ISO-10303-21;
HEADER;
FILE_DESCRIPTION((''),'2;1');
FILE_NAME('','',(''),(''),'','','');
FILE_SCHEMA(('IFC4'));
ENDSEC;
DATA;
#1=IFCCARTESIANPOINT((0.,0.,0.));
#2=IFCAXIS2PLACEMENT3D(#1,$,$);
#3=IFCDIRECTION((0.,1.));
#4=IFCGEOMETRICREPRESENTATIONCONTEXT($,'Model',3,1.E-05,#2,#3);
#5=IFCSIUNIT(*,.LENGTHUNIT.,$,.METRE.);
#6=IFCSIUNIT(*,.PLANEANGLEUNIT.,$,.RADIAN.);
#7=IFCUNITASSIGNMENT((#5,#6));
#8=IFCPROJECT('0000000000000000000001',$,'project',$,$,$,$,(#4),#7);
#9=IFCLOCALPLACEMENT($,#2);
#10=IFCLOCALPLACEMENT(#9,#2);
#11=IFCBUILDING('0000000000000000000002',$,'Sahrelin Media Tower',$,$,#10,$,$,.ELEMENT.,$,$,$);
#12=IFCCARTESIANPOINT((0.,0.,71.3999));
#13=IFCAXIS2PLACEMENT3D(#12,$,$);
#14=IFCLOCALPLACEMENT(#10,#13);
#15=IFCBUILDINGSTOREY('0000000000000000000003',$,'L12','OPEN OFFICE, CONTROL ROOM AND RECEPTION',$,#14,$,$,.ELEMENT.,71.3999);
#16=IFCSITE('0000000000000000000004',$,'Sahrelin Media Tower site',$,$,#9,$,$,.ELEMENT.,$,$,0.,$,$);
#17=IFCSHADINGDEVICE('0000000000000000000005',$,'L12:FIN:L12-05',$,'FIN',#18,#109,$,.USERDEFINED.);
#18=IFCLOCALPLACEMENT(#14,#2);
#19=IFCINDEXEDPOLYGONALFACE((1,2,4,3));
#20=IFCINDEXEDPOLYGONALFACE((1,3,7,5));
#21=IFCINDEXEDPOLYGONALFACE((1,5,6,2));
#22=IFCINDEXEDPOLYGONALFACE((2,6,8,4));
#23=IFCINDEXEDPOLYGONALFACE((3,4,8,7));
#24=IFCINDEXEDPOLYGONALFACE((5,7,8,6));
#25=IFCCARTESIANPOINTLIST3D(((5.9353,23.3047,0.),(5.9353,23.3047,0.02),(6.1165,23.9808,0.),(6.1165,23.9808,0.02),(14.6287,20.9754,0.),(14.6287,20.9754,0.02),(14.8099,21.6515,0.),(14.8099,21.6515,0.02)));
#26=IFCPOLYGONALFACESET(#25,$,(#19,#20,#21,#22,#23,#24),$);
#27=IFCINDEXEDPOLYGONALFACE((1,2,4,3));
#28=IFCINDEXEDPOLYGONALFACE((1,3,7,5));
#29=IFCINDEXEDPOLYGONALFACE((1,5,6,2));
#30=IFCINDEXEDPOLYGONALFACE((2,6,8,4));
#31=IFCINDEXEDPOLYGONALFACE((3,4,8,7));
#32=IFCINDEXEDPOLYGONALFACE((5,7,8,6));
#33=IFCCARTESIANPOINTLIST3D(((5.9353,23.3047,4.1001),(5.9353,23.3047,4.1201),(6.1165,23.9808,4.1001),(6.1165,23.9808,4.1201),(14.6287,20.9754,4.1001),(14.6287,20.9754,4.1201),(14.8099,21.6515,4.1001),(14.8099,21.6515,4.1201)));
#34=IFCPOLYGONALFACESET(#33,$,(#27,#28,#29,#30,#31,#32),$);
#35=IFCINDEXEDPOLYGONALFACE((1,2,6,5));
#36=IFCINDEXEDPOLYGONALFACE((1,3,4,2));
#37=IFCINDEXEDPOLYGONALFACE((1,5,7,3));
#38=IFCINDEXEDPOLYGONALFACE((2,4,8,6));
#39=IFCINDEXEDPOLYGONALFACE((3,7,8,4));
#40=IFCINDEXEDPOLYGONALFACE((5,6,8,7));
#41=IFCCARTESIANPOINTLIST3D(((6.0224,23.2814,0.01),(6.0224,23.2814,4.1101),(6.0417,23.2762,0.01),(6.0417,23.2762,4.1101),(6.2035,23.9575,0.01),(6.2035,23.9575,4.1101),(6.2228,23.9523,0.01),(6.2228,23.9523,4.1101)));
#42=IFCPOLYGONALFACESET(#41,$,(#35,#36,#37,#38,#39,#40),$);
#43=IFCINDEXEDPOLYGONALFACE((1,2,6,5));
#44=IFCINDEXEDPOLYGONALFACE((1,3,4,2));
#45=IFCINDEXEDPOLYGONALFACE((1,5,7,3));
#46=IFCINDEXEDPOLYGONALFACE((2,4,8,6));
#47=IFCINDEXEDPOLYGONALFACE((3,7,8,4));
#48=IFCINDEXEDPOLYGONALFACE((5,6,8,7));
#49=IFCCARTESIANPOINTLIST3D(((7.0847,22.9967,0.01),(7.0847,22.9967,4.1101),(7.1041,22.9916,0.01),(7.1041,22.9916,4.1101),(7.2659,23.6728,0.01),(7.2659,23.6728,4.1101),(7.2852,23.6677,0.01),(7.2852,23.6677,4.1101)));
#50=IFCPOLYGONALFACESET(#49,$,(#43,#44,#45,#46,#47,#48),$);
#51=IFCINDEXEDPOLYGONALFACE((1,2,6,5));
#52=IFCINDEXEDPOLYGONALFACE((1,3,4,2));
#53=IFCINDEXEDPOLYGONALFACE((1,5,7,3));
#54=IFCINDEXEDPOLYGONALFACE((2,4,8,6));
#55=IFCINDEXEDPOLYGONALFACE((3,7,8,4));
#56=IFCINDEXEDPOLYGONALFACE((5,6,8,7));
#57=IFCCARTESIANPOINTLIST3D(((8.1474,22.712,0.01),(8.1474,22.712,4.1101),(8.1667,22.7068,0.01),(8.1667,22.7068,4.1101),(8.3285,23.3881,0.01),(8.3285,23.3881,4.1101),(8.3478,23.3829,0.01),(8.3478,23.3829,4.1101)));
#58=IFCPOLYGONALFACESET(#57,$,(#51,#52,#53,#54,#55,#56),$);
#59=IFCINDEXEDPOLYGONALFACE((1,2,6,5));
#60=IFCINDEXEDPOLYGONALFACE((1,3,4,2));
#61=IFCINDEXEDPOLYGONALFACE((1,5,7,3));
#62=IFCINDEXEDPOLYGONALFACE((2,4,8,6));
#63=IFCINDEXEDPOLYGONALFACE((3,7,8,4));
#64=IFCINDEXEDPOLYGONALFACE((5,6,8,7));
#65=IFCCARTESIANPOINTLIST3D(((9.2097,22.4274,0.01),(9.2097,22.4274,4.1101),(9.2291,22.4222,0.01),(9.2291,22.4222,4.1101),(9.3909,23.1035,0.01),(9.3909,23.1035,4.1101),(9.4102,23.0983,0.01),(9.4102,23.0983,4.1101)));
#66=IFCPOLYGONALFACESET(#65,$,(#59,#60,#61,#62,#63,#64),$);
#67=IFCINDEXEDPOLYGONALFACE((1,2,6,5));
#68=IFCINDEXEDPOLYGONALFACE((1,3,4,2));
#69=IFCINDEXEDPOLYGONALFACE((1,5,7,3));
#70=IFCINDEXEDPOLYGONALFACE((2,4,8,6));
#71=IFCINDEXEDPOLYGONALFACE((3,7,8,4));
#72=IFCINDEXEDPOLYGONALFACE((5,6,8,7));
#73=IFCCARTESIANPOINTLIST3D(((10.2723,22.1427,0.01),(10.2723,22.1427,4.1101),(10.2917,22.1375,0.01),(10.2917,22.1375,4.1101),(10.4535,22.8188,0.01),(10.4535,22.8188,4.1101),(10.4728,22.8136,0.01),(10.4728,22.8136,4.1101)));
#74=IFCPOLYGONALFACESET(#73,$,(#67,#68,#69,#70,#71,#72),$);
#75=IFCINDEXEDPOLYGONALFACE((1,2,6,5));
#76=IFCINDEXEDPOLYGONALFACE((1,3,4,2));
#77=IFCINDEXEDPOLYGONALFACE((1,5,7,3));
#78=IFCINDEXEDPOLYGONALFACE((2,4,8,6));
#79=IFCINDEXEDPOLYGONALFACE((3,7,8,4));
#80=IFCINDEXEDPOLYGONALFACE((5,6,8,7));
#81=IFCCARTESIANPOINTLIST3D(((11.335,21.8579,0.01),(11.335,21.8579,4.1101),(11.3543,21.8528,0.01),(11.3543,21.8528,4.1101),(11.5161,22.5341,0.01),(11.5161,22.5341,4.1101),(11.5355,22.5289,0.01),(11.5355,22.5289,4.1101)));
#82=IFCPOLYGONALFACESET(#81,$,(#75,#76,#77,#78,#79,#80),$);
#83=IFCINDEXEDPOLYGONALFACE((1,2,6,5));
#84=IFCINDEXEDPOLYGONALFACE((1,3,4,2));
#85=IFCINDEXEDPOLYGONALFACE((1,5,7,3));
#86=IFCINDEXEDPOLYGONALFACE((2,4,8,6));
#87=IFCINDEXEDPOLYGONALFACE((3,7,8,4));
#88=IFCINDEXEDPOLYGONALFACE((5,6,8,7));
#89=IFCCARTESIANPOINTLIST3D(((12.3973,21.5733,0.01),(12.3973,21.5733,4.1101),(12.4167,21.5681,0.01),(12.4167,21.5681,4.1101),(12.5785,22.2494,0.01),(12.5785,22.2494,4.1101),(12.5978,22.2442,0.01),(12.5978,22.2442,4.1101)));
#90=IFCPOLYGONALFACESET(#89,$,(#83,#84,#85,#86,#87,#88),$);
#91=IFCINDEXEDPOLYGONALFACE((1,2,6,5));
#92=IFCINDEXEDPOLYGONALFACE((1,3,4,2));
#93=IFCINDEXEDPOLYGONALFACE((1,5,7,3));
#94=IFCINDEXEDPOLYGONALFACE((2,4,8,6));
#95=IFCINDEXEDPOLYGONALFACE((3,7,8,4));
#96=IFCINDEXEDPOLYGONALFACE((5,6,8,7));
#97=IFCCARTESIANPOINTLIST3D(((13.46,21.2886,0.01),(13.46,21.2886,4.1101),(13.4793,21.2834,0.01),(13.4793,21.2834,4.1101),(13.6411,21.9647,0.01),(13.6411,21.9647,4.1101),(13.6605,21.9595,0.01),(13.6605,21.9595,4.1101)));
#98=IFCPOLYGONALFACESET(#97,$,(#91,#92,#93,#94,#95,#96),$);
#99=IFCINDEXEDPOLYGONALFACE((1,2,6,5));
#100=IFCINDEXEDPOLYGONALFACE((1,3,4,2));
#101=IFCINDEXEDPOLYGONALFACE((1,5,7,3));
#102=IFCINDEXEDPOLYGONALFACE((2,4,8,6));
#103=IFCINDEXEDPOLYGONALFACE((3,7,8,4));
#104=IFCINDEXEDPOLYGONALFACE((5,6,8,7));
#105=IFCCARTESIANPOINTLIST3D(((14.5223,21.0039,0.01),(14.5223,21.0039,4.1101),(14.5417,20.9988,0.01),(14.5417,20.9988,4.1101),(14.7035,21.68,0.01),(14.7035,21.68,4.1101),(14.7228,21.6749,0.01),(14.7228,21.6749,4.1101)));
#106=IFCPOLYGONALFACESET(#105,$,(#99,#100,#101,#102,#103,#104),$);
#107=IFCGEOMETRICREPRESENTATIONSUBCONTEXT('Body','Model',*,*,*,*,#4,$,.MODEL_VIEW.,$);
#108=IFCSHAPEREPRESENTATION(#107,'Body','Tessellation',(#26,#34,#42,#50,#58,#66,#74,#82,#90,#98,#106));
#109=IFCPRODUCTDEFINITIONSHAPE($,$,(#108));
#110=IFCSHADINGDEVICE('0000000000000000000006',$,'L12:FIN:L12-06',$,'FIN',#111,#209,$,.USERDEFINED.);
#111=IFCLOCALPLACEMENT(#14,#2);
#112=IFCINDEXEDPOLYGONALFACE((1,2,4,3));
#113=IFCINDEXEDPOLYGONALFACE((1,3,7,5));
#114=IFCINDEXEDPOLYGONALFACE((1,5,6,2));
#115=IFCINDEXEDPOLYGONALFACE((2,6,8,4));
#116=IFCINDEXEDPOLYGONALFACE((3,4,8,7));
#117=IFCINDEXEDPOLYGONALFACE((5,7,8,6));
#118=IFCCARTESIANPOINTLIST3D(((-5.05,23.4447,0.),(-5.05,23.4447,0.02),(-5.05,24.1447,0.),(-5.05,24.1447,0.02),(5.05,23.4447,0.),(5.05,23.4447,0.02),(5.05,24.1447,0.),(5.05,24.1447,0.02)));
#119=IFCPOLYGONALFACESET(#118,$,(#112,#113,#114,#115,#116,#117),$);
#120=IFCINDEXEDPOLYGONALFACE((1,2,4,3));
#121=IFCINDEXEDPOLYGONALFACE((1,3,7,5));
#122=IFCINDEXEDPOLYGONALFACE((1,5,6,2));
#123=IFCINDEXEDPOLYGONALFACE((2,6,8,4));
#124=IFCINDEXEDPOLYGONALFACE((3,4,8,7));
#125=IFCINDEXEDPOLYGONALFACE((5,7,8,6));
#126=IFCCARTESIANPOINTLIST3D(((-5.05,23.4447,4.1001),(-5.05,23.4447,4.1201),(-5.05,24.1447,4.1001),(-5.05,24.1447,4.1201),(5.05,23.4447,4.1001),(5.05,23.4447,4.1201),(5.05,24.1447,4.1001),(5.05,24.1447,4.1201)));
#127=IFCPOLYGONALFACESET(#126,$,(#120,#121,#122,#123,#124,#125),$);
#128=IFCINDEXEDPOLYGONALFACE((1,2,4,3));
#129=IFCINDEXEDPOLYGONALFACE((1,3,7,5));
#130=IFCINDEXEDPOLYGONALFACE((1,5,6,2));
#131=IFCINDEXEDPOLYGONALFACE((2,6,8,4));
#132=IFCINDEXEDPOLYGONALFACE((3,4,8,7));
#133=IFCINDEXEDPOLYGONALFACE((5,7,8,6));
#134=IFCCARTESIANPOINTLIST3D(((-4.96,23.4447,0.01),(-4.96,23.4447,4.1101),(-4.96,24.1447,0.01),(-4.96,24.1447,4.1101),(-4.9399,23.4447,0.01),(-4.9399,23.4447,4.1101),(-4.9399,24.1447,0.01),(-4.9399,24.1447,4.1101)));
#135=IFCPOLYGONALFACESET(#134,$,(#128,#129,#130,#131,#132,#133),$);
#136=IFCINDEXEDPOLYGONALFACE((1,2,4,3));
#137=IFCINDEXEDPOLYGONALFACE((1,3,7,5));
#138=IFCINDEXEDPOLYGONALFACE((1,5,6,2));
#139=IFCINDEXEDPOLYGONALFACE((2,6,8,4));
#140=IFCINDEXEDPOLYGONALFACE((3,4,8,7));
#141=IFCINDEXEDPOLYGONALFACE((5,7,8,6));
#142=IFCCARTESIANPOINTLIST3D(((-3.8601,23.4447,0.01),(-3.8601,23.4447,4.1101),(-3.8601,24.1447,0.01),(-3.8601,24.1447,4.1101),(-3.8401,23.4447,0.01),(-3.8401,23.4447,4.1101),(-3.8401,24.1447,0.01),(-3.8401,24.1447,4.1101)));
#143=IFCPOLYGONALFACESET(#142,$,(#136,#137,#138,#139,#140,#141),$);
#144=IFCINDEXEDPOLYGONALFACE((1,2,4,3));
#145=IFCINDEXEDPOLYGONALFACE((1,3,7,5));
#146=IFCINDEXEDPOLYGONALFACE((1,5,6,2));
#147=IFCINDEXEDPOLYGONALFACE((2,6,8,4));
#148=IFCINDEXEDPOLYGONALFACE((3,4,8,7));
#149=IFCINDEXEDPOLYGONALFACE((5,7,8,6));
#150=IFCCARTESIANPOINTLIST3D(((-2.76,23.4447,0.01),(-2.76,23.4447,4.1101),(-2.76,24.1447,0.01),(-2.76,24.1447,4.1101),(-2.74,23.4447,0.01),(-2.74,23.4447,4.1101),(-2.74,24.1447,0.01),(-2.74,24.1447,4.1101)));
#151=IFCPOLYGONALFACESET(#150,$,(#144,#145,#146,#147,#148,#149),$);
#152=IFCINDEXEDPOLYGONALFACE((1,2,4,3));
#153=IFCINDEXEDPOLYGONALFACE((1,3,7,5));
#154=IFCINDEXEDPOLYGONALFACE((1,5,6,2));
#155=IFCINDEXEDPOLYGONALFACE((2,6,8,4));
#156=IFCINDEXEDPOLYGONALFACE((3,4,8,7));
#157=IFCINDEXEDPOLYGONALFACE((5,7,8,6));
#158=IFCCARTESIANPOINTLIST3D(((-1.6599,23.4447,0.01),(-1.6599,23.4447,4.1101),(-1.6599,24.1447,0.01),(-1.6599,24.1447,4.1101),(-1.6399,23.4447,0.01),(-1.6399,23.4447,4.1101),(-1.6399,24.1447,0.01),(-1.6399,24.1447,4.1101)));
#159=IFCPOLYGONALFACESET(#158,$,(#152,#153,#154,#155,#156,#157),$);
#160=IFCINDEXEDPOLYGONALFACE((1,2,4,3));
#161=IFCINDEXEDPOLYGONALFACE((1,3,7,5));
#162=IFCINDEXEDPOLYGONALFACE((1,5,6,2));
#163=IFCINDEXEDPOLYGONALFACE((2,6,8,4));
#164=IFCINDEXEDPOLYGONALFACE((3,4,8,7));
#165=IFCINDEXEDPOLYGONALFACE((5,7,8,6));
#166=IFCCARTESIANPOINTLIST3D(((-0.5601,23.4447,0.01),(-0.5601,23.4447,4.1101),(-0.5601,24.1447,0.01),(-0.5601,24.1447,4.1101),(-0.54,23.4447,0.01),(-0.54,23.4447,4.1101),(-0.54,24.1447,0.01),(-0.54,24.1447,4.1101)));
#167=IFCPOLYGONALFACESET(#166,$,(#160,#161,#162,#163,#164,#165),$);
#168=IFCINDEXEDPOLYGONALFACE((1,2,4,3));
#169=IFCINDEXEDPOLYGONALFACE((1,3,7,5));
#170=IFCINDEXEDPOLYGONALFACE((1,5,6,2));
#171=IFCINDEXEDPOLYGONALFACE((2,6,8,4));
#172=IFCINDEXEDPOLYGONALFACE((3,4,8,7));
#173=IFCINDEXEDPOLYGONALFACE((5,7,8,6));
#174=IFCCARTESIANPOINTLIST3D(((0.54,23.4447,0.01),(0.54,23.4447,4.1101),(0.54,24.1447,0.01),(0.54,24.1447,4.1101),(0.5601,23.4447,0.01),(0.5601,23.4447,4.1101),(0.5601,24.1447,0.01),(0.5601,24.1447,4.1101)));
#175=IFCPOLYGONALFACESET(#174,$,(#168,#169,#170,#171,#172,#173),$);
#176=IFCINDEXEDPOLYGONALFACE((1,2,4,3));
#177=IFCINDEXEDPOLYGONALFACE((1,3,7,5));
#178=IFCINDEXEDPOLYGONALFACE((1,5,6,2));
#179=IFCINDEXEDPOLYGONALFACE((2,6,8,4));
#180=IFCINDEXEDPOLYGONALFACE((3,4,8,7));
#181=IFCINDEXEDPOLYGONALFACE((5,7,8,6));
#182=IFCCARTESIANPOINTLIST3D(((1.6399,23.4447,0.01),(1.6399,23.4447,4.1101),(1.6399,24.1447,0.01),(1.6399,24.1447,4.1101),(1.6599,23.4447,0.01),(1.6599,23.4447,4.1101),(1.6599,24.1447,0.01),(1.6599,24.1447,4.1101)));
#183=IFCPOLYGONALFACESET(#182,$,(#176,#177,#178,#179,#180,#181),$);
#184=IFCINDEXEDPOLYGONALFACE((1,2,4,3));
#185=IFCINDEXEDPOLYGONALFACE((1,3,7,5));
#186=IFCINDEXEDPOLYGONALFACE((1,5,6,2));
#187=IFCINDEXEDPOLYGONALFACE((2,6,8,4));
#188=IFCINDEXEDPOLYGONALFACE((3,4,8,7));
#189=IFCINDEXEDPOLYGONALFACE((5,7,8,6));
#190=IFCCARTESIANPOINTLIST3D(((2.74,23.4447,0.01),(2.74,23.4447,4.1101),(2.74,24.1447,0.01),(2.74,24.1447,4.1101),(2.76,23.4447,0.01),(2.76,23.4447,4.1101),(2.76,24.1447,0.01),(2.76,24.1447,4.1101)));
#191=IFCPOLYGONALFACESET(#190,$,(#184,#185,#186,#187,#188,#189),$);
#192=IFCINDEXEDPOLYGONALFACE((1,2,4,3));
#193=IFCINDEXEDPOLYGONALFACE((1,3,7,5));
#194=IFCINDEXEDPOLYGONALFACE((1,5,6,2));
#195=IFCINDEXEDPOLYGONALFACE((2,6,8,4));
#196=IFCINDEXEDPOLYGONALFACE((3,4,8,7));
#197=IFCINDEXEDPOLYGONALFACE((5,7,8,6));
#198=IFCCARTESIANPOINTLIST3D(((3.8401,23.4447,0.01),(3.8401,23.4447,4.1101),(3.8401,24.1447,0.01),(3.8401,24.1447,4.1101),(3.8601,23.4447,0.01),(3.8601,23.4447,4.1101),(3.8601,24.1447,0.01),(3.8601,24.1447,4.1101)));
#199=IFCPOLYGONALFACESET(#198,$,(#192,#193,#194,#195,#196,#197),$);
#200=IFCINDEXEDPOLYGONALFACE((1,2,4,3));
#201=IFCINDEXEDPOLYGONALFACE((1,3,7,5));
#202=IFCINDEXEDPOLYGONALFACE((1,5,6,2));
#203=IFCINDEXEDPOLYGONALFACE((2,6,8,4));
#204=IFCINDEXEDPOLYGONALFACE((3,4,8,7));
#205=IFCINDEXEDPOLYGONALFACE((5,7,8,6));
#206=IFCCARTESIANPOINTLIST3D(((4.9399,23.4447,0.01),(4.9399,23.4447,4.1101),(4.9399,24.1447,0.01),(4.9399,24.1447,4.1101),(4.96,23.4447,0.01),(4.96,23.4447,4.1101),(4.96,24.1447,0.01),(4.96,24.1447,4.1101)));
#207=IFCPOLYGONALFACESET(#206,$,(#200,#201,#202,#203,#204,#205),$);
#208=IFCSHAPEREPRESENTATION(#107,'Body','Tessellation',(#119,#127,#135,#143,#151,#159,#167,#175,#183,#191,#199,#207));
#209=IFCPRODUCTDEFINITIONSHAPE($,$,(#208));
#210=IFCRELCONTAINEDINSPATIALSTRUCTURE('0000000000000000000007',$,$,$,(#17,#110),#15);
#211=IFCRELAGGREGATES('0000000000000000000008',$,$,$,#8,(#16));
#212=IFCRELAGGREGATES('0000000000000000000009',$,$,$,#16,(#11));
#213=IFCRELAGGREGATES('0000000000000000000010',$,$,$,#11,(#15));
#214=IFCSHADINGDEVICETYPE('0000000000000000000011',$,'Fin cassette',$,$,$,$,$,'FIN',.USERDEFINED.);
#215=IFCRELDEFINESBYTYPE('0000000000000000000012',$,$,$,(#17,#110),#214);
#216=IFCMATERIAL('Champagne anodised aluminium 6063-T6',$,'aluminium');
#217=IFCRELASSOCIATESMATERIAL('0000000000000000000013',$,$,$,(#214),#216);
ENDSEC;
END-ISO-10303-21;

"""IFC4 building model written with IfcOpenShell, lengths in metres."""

from ifc_helpers import new_model, si_unit, direction, frame, origin, origin_2d, place, context, subcontext, project, spatial, rectangle, extrude, material, type_object, element, save


model = new_model("IFC4")

# Units and contexts
model_context = context("Model", 3, precision=1e-05, world=origin(), true_north=direction((0.0, 1.0)))
body_context = subcontext(model_context, "Body", "Model", "MODEL_VIEW")
ifc_project = project(units=[si_unit("LENGTHUNIT", "METRE"), si_unit("PLANEANGLEUNIT", "RADIAN")], contexts=[model_context])

# Site, building, storey
site_placement = place(None, origin())
site = spatial("IfcSite", under=ifc_project, at=site_placement, Name="Sahrelin Media Tower site", CompositionType="ELEMENT", RefElevation=0.0)
building_placement = place(site_placement, origin())
building = spatial("IfcBuilding", under=site, at=building_placement, Name="Sahrelin Media Tower", CompositionType="ELEMENT")
storey_placement = place(building_placement, frame((0.0, 0.0, 71.3999)))
storey = spatial("IfcBuildingStorey", under=building, at=storey_placement, Name="L12", Description="OPEN OFFICE, CONTROL ROOM AND RECEPTION", CompositionType="ELEMENT", Elevation=71.3999)

# Shared definitions
ifc_material_1 = material(Name="Champagne anodised aluminium 6063-T6", Category="aluminium")
placement_1 = place(storey_placement, frame((0.0, 23.3748, 0.0), z_axis=(0.0, 0.0, 1.0), x_axis=(1.0, 0.0, 0.0)))

# Shading devices
shading_device_type_1 = type_object("IfcShadingDeviceType", Name="Fin cassette", ElementType="FIN", PredefinedType="USERDEFINED", material=ifc_material_1)
placement_2 = place(storey_placement, frame((10.2639, 22.0725, 0.0), z_axis=(0.0, 0.0, 1.0), x_axis=(0.965929, -0.258808, 0.0)))
element("IfcShadingDevice", 1, at=placement_2, inside=storey, type_object=shading_device_type_1, Name="L12:FIN:L12-05", ObjectType="FIN", PredefinedType="USERDEFINED", context=body_context, shape_type="SweptSolid", body=[
    extrude(rectangle(XDim=9.0, YDim=0.7, at=origin_2d()), frame((0.0, 0.4199, 0.0)), (0.0, 0.0, 1.0), 0.02),
    extrude(rectangle(XDim=9.0, YDim=0.7, at=origin_2d()), frame((0.0, 0.4199, 4.1001)), (0.0, 0.0, 1.0), 0.02),
    extrude(rectangle(XDim=0.02, YDim=0.7, at=origin_2d()), frame((-4.3999, 0.4199, 0.01), z_axis=(0.0, 0.0, 1.0), x_axis=(1.0, 0.0, 0.0)), (0.0, 0.0, 1.0), 4.1001),
    extrude(rectangle(XDim=0.02, YDim=0.7, at=origin_2d()), frame((-3.3, 0.4199, 0.01), z_axis=(0.0, 0.0, 1.0), x_axis=(1.0, 0.0, 0.0)), (0.0, 0.0, 1.0), 4.1001),
    extrude(rectangle(XDim=0.02, YDim=0.7, at=origin_2d()), frame((-2.2, 0.4199, 0.01), z_axis=(0.0, 0.0, 1.0), x_axis=(1.0, 0.0, 0.0)), (0.0, 0.0, 1.0), 4.1001),
    extrude(rectangle(XDim=0.02, YDim=0.7, at=origin_2d()), frame((-1.1001, 0.4199, 0.01), z_axis=(0.0, 0.0, 1.0), x_axis=(1.0, 0.0, 0.0)), (0.0, 0.0, 1.0), 4.1001),
    extrude(rectangle(XDim=0.02, YDim=0.7, at=origin_2d()), frame((0.0, 0.4199, 0.01), z_axis=(0.0, 0.0, 1.0), x_axis=(1.0, 0.0, 0.0)), (0.0, 0.0, 1.0), 4.1001),
    extrude(rectangle(XDim=0.02, YDim=0.7, at=origin_2d()), frame((1.1001, 0.4199, 0.01), z_axis=(0.0, 0.0, 1.0), x_axis=(1.0, 0.0, 0.0)), (0.0, 0.0, 1.0), 4.1001),
    extrude(rectangle(XDim=0.02, YDim=0.7, at=origin_2d()), frame((2.2, 0.4199, 0.01), z_axis=(0.0, 0.0, 1.0), x_axis=(1.0, 0.0, 0.0)), (0.0, 0.0, 1.0), 4.1001),
    extrude(rectangle(XDim=0.02, YDim=0.7, at=origin_2d()), frame((3.3, 0.4199, 0.01), z_axis=(0.0, 0.0, 1.0), x_axis=(1.0, 0.0, 0.0)), (0.0, 0.0, 1.0), 4.1001),
    extrude(rectangle(XDim=0.02, YDim=0.7, at=origin_2d()), frame((4.3999, 0.4199, 0.01), z_axis=(0.0, 0.0, 1.0), x_axis=(1.0, 0.0, 0.0)), (0.0, 0.0, 1.0), 4.1001),
])
element("IfcShadingDevice", 2, at=placement_1, inside=storey, type_object=shading_device_type_1, Name="L12:FIN:L12-06", ObjectType="FIN", PredefinedType="USERDEFINED", context=body_context, shape_type="SweptSolid", body=[
    extrude(rectangle(XDim=10.1001, YDim=0.7, at=origin_2d()), frame((0.0, 0.4199, 0.0)), (0.0, 0.0, 1.0), 0.02),
    extrude(rectangle(XDim=10.1001, YDim=0.7, at=origin_2d()), frame((0.0, 0.4199, 4.1001)), (0.0, 0.0, 1.0), 0.02),
    extrude(rectangle(XDim=0.02, YDim=0.7, at=origin_2d()), frame((-4.95, 0.4199, 0.01), z_axis=(0.0, 0.0, 1.0), x_axis=(1.0, 0.0, 0.0)), (0.0, 0.0, 1.0), 4.1001),
    extrude(rectangle(XDim=0.02, YDim=0.7, at=origin_2d()), frame((-3.8501, 0.4199, 0.01), z_axis=(0.0, 0.0, 1.0), x_axis=(1.0, 0.0, 0.0)), (0.0, 0.0, 1.0), 4.1001),
    extrude(rectangle(XDim=0.02, YDim=0.7, at=origin_2d()), frame((-2.75, 0.4199, 0.01), z_axis=(0.0, 0.0, 1.0), x_axis=(1.0, 0.0, 0.0)), (0.0, 0.0, 1.0), 4.1001),
    extrude(rectangle(XDim=0.02, YDim=0.7, at=origin_2d()), frame((-1.6499, 0.4199, 0.01), z_axis=(0.0, 0.0, 1.0), x_axis=(1.0, 0.0, 0.0)), (0.0, 0.0, 1.0), 4.1001),
    extrude(rectangle(XDim=0.02, YDim=0.7, at=origin_2d()), frame((-0.55, 0.4199, 0.01), z_axis=(0.0, 0.0, 1.0), x_axis=(1.0, 0.0, 0.0)), (0.0, 0.0, 1.0), 4.1001),
    extrude(rectangle(XDim=0.02, YDim=0.7, at=origin_2d()), frame((0.55, 0.4199, 0.01), z_axis=(0.0, 0.0, 1.0), x_axis=(1.0, 0.0, 0.0)), (0.0, 0.0, 1.0), 4.1001),
    extrude(rectangle(XDim=0.02, YDim=0.7, at=origin_2d()), frame((1.6499, 0.4199, 0.01), z_axis=(0.0, 0.0, 1.0), x_axis=(1.0, 0.0, 0.0)), (0.0, 0.0, 1.0), 4.1001),
    extrude(rectangle(XDim=0.02, YDim=0.7, at=origin_2d()), frame((2.75, 0.4199, 0.01), z_axis=(0.0, 0.0, 1.0), x_axis=(1.0, 0.0, 0.0)), (0.0, 0.0, 1.0), 4.1001),
    extrude(rectangle(XDim=0.02, YDim=0.7, at=origin_2d()), frame((3.8501, 0.4199, 0.01), z_axis=(0.0, 0.0, 1.0), x_axis=(1.0, 0.0, 0.0)), (0.0, 0.0, 1.0), 4.1001),
    extrude(rectangle(XDim=0.02, YDim=0.7, at=origin_2d()), frame((4.95, 0.4199, 0.01), z_axis=(0.0, 0.0, 1.0), x_axis=(1.0, 0.0, 0.0)), (0.0, 0.0, 1.0), 4.1001),
])

save(model, "model.ifc")
